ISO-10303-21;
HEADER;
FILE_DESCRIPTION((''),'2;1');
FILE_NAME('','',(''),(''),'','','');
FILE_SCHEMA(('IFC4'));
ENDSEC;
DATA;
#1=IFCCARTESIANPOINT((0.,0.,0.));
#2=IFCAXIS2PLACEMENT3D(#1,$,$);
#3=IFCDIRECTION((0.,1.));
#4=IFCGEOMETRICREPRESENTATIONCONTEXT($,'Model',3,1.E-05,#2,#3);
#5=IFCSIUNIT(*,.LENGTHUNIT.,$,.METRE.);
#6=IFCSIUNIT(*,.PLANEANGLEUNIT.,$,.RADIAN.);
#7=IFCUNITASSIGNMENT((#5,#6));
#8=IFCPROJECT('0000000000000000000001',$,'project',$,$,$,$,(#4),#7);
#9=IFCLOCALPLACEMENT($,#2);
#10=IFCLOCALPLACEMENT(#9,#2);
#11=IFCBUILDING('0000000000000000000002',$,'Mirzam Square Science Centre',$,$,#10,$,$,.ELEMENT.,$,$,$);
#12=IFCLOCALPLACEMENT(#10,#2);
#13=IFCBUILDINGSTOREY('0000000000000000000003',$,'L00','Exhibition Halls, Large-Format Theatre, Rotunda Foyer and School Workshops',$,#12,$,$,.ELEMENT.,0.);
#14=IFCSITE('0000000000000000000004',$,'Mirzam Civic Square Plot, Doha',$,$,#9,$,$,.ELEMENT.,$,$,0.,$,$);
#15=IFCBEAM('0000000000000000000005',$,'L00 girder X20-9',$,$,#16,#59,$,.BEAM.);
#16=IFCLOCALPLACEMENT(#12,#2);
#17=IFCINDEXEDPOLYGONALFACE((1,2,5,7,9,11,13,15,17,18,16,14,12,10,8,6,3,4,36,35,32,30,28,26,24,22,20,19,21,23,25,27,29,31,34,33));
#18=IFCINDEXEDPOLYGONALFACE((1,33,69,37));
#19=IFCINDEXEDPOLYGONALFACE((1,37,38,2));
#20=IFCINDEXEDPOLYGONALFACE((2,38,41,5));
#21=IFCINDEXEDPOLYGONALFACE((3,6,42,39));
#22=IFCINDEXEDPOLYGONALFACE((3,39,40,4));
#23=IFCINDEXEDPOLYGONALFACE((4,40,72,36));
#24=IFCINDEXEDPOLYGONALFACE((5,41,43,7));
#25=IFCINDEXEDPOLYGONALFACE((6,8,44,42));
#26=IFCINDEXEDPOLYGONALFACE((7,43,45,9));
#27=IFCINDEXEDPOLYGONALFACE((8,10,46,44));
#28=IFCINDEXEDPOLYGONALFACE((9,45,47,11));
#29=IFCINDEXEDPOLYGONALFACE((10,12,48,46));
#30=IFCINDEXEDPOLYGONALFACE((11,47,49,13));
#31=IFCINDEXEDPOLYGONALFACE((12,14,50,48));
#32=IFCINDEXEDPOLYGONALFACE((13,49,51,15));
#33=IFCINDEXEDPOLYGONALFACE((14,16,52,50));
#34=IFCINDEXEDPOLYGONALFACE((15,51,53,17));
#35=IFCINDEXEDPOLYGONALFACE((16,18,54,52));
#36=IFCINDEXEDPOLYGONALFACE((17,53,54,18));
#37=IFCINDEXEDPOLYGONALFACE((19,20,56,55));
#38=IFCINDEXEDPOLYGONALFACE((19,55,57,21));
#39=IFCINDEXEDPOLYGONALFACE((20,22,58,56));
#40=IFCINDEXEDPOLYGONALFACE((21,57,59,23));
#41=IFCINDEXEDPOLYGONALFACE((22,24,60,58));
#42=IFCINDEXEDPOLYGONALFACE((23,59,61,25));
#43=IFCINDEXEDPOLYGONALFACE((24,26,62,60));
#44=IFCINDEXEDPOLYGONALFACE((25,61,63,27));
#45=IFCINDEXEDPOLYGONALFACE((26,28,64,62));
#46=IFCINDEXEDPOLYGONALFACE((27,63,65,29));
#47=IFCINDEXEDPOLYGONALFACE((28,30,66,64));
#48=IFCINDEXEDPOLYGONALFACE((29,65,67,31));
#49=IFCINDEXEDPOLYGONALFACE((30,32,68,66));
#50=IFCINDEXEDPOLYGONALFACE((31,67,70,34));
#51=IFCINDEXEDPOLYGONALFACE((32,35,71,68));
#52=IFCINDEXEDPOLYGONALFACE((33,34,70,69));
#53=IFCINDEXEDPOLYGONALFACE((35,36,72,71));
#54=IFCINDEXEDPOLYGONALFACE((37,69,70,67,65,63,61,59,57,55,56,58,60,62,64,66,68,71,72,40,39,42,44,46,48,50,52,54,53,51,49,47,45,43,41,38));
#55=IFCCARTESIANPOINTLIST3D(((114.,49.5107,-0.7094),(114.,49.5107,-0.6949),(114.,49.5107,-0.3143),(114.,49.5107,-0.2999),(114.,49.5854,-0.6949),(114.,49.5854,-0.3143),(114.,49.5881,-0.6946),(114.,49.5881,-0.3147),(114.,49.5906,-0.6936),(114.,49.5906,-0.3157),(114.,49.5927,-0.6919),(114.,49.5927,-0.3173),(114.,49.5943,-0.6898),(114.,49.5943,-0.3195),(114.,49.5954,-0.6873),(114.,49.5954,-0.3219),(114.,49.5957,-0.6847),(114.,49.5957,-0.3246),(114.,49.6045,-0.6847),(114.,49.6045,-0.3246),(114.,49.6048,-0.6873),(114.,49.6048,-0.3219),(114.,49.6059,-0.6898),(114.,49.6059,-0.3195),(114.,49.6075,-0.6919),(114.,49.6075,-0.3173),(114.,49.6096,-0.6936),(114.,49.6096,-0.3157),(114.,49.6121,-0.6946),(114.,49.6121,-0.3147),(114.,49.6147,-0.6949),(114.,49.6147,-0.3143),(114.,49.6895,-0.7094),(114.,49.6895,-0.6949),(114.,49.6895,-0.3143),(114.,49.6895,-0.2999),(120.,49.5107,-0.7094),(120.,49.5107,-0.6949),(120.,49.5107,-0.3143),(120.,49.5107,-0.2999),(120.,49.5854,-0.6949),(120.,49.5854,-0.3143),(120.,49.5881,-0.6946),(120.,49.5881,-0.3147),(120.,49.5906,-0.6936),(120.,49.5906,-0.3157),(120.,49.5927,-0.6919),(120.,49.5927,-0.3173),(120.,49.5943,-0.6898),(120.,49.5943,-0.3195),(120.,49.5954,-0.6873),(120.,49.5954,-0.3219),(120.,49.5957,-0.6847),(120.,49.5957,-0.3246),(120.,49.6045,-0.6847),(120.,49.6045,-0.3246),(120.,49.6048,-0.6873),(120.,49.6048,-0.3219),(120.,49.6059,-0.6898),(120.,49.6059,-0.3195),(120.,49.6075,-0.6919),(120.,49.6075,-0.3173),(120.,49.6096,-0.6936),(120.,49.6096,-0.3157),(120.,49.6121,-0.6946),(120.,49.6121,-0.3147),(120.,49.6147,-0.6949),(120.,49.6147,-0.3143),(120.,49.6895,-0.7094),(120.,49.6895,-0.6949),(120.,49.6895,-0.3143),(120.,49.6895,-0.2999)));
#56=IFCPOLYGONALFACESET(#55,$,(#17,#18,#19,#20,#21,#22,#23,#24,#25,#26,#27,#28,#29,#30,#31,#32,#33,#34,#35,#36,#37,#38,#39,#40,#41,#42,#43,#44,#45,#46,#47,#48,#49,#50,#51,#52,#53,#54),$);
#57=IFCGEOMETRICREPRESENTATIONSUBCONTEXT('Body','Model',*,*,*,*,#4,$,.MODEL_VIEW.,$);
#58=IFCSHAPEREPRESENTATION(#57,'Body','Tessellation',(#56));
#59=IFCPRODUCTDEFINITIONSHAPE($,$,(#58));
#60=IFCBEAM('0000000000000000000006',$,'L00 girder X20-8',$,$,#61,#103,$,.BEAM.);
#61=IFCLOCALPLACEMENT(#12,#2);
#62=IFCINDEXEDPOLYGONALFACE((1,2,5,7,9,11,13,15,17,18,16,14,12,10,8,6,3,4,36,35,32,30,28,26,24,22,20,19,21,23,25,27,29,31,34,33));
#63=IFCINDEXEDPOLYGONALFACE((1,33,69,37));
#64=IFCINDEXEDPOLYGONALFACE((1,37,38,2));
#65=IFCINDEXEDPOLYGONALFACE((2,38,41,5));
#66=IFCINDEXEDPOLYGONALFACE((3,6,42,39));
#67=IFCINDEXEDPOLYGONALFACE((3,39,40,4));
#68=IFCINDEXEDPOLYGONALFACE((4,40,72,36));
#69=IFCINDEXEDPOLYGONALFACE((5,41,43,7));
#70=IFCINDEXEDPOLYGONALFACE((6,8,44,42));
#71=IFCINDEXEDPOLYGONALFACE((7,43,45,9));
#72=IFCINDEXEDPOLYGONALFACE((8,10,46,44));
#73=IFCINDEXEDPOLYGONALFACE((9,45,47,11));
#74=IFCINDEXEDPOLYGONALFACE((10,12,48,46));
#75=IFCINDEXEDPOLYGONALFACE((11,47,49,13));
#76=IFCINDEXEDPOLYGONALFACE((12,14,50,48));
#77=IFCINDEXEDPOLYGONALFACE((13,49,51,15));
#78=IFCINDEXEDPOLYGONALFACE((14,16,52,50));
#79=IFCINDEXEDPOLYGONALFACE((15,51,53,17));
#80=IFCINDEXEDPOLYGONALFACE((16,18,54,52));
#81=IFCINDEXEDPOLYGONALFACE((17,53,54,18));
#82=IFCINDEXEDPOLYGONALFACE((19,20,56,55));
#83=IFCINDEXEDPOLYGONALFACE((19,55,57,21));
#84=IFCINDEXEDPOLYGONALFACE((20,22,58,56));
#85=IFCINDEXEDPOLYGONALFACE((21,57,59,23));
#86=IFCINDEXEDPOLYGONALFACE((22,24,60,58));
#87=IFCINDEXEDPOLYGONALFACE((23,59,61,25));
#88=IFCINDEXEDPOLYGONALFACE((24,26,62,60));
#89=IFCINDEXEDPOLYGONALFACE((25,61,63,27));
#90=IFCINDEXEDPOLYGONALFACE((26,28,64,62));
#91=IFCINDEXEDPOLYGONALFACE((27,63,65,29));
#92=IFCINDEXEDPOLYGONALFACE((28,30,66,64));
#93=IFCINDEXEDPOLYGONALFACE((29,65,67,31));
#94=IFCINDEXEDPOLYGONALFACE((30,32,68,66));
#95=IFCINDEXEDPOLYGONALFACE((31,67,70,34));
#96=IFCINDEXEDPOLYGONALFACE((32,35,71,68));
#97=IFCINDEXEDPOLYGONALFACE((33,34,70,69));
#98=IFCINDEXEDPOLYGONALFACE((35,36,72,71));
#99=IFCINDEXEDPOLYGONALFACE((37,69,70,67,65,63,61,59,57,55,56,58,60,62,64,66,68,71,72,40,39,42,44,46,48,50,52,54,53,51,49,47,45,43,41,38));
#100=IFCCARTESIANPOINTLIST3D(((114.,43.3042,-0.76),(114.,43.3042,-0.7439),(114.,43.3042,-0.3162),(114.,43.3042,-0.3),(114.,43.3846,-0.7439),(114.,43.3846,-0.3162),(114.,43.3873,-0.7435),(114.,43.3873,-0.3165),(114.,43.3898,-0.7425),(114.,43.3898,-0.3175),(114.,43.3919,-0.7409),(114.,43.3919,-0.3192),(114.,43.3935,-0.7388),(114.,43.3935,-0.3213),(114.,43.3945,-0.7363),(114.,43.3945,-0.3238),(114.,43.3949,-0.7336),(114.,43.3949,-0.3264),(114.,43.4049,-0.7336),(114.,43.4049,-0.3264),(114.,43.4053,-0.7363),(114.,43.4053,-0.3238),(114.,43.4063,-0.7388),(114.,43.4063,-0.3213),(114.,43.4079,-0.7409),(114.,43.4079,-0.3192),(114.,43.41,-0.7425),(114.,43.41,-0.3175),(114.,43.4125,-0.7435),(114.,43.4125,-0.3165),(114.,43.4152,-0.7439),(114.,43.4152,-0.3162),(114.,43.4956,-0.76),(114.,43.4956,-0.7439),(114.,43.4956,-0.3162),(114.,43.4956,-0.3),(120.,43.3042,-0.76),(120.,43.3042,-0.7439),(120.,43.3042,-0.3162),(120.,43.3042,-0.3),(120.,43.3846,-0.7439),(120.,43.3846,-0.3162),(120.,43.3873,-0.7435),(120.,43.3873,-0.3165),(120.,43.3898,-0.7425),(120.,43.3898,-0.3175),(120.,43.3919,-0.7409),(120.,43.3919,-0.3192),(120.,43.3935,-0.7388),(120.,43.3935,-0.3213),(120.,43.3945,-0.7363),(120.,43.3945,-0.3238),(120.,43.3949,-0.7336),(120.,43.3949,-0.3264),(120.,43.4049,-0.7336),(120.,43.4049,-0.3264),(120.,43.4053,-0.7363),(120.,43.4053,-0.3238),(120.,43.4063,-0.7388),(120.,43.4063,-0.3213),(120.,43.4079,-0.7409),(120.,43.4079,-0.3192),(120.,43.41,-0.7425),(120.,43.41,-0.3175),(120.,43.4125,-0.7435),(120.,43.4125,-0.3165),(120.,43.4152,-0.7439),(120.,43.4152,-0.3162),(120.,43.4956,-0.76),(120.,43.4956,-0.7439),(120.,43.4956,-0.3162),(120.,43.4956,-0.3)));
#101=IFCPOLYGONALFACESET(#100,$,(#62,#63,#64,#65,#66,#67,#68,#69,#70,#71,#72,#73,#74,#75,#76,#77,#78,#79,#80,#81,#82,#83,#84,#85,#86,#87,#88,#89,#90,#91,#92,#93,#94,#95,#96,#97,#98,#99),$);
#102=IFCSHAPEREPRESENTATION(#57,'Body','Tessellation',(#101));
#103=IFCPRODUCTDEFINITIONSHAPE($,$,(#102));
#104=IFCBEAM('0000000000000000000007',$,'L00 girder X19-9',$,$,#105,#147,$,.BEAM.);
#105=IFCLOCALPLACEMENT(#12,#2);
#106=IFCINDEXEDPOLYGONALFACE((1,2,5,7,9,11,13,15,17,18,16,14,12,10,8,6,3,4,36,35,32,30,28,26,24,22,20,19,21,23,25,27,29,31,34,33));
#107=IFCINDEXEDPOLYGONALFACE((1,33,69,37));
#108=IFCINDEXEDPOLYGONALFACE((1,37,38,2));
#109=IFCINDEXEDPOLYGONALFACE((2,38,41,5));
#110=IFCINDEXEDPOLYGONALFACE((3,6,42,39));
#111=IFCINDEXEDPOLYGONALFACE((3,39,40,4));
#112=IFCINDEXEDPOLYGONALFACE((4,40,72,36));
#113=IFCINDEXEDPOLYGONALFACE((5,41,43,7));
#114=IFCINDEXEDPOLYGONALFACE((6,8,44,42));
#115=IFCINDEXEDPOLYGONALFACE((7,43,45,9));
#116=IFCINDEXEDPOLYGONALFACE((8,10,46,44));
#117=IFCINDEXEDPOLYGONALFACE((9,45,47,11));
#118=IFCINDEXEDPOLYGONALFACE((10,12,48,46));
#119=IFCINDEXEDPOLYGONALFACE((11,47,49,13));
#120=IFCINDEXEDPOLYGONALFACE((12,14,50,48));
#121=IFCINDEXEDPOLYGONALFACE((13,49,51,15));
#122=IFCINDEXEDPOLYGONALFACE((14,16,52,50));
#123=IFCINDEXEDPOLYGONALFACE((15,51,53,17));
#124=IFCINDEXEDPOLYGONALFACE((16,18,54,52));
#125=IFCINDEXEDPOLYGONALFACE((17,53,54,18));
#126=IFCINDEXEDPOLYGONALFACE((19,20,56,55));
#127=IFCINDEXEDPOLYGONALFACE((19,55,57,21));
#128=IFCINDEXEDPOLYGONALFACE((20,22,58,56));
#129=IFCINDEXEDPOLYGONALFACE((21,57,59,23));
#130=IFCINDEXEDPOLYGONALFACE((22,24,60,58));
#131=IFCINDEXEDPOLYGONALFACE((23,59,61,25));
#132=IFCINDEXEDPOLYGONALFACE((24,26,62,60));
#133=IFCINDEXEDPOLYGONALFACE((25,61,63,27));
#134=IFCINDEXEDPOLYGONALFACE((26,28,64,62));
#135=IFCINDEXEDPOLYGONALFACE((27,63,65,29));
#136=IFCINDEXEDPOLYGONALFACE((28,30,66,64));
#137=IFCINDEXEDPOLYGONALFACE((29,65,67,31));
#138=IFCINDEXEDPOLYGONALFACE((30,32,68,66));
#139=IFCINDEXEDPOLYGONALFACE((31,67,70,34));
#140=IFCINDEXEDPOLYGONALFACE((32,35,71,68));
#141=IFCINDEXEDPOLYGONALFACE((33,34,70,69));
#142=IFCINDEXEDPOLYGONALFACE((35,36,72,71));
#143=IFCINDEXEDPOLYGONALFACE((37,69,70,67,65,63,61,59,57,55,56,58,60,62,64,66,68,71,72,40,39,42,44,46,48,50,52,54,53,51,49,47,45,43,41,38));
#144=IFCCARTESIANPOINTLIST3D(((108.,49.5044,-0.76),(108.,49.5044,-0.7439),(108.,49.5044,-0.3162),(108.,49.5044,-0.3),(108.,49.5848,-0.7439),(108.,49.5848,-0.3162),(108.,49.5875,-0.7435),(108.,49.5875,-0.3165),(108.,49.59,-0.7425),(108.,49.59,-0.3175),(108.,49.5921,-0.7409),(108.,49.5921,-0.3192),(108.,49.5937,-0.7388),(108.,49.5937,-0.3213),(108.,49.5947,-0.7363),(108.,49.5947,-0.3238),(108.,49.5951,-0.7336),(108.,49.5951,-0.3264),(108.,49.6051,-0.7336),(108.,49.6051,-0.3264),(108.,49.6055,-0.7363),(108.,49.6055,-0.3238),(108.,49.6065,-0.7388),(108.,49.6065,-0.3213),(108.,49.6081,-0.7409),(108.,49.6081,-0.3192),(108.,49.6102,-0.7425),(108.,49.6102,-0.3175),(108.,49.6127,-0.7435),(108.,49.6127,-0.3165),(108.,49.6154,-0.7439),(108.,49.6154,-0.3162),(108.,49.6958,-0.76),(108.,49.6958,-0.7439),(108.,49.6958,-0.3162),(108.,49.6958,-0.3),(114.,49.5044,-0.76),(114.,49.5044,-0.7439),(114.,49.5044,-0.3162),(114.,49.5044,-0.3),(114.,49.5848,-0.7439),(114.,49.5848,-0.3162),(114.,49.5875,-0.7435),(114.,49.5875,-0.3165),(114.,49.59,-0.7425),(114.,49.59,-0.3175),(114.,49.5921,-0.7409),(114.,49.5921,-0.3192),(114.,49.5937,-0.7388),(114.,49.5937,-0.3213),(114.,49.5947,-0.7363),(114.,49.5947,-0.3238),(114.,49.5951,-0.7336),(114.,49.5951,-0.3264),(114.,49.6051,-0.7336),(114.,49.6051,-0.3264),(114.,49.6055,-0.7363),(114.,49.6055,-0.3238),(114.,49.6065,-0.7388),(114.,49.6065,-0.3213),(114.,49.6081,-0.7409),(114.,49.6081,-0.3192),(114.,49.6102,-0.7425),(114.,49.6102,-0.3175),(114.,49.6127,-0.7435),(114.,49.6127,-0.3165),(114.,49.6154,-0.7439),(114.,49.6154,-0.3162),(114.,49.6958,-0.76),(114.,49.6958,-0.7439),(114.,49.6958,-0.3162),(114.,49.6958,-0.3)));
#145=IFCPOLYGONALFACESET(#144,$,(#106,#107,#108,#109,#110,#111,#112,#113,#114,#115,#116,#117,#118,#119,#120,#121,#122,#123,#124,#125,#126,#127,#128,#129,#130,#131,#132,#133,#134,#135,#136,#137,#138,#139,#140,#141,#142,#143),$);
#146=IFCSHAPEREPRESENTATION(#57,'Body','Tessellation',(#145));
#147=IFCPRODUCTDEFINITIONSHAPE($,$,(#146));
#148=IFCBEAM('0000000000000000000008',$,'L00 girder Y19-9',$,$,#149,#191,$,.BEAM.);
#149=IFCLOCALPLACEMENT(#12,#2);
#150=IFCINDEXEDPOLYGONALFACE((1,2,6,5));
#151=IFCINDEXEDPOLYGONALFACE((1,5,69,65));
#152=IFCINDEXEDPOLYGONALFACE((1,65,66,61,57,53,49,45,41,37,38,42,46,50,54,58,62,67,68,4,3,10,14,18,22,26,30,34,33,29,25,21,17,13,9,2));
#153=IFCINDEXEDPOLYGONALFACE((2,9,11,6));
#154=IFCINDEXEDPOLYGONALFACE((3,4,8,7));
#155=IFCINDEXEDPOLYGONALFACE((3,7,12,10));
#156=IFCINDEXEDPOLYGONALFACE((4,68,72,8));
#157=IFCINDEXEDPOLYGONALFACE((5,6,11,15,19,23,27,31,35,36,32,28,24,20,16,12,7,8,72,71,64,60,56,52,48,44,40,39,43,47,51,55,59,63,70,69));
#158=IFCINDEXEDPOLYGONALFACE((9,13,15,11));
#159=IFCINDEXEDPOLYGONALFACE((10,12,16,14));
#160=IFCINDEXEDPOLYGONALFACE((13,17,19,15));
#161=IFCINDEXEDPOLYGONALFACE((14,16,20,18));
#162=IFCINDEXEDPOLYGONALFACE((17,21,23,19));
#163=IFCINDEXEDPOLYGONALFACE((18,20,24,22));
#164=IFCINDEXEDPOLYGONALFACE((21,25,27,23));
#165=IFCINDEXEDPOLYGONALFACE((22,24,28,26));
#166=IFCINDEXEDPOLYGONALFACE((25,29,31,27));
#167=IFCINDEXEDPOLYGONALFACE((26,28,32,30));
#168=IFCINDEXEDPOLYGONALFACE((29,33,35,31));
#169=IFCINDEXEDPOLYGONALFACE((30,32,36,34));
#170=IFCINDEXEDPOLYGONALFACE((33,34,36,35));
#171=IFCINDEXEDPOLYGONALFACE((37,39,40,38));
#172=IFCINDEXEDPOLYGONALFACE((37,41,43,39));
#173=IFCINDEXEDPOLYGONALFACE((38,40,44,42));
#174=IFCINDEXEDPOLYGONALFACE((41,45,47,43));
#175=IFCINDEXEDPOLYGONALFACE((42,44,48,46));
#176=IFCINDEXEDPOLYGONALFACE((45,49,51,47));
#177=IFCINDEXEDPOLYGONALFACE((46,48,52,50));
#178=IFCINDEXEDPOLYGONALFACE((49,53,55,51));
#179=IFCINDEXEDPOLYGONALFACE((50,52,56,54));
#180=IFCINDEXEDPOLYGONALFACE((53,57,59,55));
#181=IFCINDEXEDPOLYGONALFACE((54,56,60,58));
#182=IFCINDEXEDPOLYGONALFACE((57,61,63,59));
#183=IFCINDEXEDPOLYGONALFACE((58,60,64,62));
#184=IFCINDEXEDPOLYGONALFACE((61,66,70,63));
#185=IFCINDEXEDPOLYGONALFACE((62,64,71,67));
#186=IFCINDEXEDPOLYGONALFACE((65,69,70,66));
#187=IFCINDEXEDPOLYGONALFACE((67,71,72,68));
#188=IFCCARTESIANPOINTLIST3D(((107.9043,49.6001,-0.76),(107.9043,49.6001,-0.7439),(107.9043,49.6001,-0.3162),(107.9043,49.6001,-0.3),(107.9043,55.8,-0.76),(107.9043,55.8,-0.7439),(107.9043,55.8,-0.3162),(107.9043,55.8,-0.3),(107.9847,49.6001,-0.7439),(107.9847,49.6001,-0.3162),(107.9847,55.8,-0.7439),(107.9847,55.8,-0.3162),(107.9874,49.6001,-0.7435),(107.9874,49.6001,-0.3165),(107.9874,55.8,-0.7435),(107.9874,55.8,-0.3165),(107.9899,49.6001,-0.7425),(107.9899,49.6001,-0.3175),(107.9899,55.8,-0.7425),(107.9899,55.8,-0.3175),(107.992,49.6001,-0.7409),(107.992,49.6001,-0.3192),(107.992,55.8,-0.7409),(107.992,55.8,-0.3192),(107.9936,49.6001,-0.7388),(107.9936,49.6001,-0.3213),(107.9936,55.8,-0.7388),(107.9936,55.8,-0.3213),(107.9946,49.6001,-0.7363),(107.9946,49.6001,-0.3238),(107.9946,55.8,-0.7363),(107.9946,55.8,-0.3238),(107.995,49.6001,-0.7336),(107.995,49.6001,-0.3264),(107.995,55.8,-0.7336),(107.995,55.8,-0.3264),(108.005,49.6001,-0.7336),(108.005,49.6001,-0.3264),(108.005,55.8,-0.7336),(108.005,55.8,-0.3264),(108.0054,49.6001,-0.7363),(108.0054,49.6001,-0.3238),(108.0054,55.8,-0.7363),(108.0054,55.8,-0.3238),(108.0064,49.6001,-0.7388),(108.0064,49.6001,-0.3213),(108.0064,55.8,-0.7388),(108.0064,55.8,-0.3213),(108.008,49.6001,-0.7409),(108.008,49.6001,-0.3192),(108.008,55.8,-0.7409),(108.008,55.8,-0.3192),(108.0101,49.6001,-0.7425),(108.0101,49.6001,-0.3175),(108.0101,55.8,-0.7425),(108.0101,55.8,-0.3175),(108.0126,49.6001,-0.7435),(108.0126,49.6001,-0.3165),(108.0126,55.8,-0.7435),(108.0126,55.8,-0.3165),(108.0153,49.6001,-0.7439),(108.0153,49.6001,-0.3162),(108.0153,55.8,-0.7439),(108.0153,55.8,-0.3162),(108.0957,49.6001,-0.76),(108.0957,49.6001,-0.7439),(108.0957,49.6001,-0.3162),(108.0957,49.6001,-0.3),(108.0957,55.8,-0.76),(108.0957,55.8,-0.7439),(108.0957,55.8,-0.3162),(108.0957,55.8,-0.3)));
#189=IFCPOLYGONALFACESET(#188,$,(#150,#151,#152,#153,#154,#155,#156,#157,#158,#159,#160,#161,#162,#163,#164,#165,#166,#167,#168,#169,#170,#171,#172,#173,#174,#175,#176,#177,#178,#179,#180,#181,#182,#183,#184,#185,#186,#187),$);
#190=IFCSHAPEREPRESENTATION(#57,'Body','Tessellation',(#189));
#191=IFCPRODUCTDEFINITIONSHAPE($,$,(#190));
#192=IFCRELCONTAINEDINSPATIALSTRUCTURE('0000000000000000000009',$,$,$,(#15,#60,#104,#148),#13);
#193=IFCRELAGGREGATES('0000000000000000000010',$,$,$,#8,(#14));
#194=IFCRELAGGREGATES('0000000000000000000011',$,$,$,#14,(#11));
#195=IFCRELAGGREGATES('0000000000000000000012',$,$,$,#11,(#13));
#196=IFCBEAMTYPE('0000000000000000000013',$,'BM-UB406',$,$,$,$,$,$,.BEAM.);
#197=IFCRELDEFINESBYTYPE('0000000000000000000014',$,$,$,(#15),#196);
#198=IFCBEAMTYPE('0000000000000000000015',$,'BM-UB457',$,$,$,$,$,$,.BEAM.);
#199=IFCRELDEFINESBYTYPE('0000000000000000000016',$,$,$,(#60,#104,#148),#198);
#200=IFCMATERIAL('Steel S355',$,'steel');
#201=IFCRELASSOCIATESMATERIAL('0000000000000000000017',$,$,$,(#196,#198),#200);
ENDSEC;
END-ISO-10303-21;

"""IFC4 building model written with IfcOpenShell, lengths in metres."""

from ifc_helpers import new_model, si_unit, direction, frame, origin, origin_2d, place, context, subcontext, project, spatial, i_section, extrude, material, material_profile, profile_set, type_object, element, save


model = new_model("IFC4")

# Units and contexts
model_context = context("Model", 3, precision=1e-05, world=origin(), true_north=direction((0.0, 1.0)))
body_context = subcontext(model_context, "Body", "Model", "MODEL_VIEW")
ifc_project = project(units=[si_unit("LENGTHUNIT", "METRE"), si_unit("PLANEANGLEUNIT", "RADIAN")], contexts=[model_context])

# Site, building, storey
site_placement = place(None, origin())
site = spatial("IfcSite", under=ifc_project, at=site_placement, Name="Mirzam Civic Square Plot, Doha", CompositionType="ELEMENT", RefElevation=0.0)
building_placement = place(site_placement, origin())
building = spatial("IfcBuilding", under=site, at=building_placement, Name="Mirzam Square Science Centre", CompositionType="ELEMENT")
storey_placement = place(building_placement, origin())
storey = spatial("IfcBuildingStorey", under=building, at=storey_placement, Name="L00", Description="Exhibition Halls, Large-Format Theatre, Rotunda Foyer and School Workshops", CompositionType="ELEMENT", Elevation=0.0)

# Shared definitions
ifc_material_1 = material(Name="Steel S355", Category="steel")

# Beams
ifc_material_profile_1 = material_profile(ifc_material_1, i_section(OverallWidth=0.1787, OverallDepth=0.4094, WebThickness=0.0088, FlangeThickness=0.0144, FilletRadius=0.0103, at=origin_2d()), Name="406x178x67UB")
ifc_profile_set_1 = profile_set([ifc_material_profile_1], Name="Steel S355")
beam_type_1 = type_object("IfcBeamType", Name="BM-UB406", PredefinedType="BEAM", material=ifc_profile_set_1)
beam_1_placement = place(storey_placement, frame((114.0, 49.6001, -0.5046), z_axis=(1.0, 0.0, 0.0), x_axis=(0.0, 1.0, 0.0)))
element("IfcBeam", 1, at=beam_1_placement, inside=storey, type_object=beam_type_1, Name="L00 girder X20-9", PredefinedType="BEAM", context=body_context, shape_type="SweptSolid", body=[
    extrude(i_section(OverallWidth=0.1787, OverallDepth=0.4094, WebThickness=0.0088, FlangeThickness=0.0144, FilletRadius=0.0103, at=origin_2d()), origin(), (0.0, 0.0, 1.0), 6.0),
])
ifc_material_profile_2 = material_profile(ifc_material_1, i_section(OverallWidth=0.1914, OverallDepth=0.46, WebThickness=0.01, FlangeThickness=0.0161, FilletRadius=0.0103, at=origin_2d()), Name="457x191x82UB")
ifc_profile_set_2 = profile_set([ifc_material_profile_2], Name="Steel S355")
beam_type_2 = type_object("IfcBeamType", Name="BM-UB457", PredefinedType="BEAM", material=ifc_profile_set_2)
for number, where, z_axis, x_axis, name in (
    (2, (114.0, 43.3999, -0.53), (1.0, 0.0, 0.0), (0.0, 1.0, 0.0), "L00 girder X20-8"),
    (3, (108.0, 49.6001, -0.53), (1.0, 0.0, 0.0), (0.0, 1.0, 0.0), "L00 girder X19-9"),
):
    element("IfcBeam", number, at=place(storey_placement, frame(where, z_axis=z_axis, x_axis=x_axis)), inside=storey, type_object=beam_type_2, Name=name, PredefinedType="BEAM", context=body_context, shape_type="SweptSolid", body=[
        extrude(i_section(OverallWidth=0.1914, OverallDepth=0.46, WebThickness=0.01, FlangeThickness=0.0161, FilletRadius=0.0103, at=origin_2d()), origin(), (0.0, 0.0, 1.0), 6.0),
    ])
beam_2_placement = place(storey_placement, frame((108.0, 49.6001, -0.53), z_axis=(0.0, 1.0, 0.0), x_axis=(-1.0, 0.0, 0.0)))
element("IfcBeam", 4, at=beam_2_placement, inside=storey, type_object=beam_type_2, Name="L00 girder Y19-9", PredefinedType="BEAM", context=body_context, shape_type="SweptSolid", body=[
    extrude(i_section(OverallWidth=0.1914, OverallDepth=0.46, WebThickness=0.01, FlangeThickness=0.0161, FilletRadius=0.0103, at=origin_2d()), origin(), (0.0, 0.0, 1.0), 6.2),
])

save(model, "model.ifc")
